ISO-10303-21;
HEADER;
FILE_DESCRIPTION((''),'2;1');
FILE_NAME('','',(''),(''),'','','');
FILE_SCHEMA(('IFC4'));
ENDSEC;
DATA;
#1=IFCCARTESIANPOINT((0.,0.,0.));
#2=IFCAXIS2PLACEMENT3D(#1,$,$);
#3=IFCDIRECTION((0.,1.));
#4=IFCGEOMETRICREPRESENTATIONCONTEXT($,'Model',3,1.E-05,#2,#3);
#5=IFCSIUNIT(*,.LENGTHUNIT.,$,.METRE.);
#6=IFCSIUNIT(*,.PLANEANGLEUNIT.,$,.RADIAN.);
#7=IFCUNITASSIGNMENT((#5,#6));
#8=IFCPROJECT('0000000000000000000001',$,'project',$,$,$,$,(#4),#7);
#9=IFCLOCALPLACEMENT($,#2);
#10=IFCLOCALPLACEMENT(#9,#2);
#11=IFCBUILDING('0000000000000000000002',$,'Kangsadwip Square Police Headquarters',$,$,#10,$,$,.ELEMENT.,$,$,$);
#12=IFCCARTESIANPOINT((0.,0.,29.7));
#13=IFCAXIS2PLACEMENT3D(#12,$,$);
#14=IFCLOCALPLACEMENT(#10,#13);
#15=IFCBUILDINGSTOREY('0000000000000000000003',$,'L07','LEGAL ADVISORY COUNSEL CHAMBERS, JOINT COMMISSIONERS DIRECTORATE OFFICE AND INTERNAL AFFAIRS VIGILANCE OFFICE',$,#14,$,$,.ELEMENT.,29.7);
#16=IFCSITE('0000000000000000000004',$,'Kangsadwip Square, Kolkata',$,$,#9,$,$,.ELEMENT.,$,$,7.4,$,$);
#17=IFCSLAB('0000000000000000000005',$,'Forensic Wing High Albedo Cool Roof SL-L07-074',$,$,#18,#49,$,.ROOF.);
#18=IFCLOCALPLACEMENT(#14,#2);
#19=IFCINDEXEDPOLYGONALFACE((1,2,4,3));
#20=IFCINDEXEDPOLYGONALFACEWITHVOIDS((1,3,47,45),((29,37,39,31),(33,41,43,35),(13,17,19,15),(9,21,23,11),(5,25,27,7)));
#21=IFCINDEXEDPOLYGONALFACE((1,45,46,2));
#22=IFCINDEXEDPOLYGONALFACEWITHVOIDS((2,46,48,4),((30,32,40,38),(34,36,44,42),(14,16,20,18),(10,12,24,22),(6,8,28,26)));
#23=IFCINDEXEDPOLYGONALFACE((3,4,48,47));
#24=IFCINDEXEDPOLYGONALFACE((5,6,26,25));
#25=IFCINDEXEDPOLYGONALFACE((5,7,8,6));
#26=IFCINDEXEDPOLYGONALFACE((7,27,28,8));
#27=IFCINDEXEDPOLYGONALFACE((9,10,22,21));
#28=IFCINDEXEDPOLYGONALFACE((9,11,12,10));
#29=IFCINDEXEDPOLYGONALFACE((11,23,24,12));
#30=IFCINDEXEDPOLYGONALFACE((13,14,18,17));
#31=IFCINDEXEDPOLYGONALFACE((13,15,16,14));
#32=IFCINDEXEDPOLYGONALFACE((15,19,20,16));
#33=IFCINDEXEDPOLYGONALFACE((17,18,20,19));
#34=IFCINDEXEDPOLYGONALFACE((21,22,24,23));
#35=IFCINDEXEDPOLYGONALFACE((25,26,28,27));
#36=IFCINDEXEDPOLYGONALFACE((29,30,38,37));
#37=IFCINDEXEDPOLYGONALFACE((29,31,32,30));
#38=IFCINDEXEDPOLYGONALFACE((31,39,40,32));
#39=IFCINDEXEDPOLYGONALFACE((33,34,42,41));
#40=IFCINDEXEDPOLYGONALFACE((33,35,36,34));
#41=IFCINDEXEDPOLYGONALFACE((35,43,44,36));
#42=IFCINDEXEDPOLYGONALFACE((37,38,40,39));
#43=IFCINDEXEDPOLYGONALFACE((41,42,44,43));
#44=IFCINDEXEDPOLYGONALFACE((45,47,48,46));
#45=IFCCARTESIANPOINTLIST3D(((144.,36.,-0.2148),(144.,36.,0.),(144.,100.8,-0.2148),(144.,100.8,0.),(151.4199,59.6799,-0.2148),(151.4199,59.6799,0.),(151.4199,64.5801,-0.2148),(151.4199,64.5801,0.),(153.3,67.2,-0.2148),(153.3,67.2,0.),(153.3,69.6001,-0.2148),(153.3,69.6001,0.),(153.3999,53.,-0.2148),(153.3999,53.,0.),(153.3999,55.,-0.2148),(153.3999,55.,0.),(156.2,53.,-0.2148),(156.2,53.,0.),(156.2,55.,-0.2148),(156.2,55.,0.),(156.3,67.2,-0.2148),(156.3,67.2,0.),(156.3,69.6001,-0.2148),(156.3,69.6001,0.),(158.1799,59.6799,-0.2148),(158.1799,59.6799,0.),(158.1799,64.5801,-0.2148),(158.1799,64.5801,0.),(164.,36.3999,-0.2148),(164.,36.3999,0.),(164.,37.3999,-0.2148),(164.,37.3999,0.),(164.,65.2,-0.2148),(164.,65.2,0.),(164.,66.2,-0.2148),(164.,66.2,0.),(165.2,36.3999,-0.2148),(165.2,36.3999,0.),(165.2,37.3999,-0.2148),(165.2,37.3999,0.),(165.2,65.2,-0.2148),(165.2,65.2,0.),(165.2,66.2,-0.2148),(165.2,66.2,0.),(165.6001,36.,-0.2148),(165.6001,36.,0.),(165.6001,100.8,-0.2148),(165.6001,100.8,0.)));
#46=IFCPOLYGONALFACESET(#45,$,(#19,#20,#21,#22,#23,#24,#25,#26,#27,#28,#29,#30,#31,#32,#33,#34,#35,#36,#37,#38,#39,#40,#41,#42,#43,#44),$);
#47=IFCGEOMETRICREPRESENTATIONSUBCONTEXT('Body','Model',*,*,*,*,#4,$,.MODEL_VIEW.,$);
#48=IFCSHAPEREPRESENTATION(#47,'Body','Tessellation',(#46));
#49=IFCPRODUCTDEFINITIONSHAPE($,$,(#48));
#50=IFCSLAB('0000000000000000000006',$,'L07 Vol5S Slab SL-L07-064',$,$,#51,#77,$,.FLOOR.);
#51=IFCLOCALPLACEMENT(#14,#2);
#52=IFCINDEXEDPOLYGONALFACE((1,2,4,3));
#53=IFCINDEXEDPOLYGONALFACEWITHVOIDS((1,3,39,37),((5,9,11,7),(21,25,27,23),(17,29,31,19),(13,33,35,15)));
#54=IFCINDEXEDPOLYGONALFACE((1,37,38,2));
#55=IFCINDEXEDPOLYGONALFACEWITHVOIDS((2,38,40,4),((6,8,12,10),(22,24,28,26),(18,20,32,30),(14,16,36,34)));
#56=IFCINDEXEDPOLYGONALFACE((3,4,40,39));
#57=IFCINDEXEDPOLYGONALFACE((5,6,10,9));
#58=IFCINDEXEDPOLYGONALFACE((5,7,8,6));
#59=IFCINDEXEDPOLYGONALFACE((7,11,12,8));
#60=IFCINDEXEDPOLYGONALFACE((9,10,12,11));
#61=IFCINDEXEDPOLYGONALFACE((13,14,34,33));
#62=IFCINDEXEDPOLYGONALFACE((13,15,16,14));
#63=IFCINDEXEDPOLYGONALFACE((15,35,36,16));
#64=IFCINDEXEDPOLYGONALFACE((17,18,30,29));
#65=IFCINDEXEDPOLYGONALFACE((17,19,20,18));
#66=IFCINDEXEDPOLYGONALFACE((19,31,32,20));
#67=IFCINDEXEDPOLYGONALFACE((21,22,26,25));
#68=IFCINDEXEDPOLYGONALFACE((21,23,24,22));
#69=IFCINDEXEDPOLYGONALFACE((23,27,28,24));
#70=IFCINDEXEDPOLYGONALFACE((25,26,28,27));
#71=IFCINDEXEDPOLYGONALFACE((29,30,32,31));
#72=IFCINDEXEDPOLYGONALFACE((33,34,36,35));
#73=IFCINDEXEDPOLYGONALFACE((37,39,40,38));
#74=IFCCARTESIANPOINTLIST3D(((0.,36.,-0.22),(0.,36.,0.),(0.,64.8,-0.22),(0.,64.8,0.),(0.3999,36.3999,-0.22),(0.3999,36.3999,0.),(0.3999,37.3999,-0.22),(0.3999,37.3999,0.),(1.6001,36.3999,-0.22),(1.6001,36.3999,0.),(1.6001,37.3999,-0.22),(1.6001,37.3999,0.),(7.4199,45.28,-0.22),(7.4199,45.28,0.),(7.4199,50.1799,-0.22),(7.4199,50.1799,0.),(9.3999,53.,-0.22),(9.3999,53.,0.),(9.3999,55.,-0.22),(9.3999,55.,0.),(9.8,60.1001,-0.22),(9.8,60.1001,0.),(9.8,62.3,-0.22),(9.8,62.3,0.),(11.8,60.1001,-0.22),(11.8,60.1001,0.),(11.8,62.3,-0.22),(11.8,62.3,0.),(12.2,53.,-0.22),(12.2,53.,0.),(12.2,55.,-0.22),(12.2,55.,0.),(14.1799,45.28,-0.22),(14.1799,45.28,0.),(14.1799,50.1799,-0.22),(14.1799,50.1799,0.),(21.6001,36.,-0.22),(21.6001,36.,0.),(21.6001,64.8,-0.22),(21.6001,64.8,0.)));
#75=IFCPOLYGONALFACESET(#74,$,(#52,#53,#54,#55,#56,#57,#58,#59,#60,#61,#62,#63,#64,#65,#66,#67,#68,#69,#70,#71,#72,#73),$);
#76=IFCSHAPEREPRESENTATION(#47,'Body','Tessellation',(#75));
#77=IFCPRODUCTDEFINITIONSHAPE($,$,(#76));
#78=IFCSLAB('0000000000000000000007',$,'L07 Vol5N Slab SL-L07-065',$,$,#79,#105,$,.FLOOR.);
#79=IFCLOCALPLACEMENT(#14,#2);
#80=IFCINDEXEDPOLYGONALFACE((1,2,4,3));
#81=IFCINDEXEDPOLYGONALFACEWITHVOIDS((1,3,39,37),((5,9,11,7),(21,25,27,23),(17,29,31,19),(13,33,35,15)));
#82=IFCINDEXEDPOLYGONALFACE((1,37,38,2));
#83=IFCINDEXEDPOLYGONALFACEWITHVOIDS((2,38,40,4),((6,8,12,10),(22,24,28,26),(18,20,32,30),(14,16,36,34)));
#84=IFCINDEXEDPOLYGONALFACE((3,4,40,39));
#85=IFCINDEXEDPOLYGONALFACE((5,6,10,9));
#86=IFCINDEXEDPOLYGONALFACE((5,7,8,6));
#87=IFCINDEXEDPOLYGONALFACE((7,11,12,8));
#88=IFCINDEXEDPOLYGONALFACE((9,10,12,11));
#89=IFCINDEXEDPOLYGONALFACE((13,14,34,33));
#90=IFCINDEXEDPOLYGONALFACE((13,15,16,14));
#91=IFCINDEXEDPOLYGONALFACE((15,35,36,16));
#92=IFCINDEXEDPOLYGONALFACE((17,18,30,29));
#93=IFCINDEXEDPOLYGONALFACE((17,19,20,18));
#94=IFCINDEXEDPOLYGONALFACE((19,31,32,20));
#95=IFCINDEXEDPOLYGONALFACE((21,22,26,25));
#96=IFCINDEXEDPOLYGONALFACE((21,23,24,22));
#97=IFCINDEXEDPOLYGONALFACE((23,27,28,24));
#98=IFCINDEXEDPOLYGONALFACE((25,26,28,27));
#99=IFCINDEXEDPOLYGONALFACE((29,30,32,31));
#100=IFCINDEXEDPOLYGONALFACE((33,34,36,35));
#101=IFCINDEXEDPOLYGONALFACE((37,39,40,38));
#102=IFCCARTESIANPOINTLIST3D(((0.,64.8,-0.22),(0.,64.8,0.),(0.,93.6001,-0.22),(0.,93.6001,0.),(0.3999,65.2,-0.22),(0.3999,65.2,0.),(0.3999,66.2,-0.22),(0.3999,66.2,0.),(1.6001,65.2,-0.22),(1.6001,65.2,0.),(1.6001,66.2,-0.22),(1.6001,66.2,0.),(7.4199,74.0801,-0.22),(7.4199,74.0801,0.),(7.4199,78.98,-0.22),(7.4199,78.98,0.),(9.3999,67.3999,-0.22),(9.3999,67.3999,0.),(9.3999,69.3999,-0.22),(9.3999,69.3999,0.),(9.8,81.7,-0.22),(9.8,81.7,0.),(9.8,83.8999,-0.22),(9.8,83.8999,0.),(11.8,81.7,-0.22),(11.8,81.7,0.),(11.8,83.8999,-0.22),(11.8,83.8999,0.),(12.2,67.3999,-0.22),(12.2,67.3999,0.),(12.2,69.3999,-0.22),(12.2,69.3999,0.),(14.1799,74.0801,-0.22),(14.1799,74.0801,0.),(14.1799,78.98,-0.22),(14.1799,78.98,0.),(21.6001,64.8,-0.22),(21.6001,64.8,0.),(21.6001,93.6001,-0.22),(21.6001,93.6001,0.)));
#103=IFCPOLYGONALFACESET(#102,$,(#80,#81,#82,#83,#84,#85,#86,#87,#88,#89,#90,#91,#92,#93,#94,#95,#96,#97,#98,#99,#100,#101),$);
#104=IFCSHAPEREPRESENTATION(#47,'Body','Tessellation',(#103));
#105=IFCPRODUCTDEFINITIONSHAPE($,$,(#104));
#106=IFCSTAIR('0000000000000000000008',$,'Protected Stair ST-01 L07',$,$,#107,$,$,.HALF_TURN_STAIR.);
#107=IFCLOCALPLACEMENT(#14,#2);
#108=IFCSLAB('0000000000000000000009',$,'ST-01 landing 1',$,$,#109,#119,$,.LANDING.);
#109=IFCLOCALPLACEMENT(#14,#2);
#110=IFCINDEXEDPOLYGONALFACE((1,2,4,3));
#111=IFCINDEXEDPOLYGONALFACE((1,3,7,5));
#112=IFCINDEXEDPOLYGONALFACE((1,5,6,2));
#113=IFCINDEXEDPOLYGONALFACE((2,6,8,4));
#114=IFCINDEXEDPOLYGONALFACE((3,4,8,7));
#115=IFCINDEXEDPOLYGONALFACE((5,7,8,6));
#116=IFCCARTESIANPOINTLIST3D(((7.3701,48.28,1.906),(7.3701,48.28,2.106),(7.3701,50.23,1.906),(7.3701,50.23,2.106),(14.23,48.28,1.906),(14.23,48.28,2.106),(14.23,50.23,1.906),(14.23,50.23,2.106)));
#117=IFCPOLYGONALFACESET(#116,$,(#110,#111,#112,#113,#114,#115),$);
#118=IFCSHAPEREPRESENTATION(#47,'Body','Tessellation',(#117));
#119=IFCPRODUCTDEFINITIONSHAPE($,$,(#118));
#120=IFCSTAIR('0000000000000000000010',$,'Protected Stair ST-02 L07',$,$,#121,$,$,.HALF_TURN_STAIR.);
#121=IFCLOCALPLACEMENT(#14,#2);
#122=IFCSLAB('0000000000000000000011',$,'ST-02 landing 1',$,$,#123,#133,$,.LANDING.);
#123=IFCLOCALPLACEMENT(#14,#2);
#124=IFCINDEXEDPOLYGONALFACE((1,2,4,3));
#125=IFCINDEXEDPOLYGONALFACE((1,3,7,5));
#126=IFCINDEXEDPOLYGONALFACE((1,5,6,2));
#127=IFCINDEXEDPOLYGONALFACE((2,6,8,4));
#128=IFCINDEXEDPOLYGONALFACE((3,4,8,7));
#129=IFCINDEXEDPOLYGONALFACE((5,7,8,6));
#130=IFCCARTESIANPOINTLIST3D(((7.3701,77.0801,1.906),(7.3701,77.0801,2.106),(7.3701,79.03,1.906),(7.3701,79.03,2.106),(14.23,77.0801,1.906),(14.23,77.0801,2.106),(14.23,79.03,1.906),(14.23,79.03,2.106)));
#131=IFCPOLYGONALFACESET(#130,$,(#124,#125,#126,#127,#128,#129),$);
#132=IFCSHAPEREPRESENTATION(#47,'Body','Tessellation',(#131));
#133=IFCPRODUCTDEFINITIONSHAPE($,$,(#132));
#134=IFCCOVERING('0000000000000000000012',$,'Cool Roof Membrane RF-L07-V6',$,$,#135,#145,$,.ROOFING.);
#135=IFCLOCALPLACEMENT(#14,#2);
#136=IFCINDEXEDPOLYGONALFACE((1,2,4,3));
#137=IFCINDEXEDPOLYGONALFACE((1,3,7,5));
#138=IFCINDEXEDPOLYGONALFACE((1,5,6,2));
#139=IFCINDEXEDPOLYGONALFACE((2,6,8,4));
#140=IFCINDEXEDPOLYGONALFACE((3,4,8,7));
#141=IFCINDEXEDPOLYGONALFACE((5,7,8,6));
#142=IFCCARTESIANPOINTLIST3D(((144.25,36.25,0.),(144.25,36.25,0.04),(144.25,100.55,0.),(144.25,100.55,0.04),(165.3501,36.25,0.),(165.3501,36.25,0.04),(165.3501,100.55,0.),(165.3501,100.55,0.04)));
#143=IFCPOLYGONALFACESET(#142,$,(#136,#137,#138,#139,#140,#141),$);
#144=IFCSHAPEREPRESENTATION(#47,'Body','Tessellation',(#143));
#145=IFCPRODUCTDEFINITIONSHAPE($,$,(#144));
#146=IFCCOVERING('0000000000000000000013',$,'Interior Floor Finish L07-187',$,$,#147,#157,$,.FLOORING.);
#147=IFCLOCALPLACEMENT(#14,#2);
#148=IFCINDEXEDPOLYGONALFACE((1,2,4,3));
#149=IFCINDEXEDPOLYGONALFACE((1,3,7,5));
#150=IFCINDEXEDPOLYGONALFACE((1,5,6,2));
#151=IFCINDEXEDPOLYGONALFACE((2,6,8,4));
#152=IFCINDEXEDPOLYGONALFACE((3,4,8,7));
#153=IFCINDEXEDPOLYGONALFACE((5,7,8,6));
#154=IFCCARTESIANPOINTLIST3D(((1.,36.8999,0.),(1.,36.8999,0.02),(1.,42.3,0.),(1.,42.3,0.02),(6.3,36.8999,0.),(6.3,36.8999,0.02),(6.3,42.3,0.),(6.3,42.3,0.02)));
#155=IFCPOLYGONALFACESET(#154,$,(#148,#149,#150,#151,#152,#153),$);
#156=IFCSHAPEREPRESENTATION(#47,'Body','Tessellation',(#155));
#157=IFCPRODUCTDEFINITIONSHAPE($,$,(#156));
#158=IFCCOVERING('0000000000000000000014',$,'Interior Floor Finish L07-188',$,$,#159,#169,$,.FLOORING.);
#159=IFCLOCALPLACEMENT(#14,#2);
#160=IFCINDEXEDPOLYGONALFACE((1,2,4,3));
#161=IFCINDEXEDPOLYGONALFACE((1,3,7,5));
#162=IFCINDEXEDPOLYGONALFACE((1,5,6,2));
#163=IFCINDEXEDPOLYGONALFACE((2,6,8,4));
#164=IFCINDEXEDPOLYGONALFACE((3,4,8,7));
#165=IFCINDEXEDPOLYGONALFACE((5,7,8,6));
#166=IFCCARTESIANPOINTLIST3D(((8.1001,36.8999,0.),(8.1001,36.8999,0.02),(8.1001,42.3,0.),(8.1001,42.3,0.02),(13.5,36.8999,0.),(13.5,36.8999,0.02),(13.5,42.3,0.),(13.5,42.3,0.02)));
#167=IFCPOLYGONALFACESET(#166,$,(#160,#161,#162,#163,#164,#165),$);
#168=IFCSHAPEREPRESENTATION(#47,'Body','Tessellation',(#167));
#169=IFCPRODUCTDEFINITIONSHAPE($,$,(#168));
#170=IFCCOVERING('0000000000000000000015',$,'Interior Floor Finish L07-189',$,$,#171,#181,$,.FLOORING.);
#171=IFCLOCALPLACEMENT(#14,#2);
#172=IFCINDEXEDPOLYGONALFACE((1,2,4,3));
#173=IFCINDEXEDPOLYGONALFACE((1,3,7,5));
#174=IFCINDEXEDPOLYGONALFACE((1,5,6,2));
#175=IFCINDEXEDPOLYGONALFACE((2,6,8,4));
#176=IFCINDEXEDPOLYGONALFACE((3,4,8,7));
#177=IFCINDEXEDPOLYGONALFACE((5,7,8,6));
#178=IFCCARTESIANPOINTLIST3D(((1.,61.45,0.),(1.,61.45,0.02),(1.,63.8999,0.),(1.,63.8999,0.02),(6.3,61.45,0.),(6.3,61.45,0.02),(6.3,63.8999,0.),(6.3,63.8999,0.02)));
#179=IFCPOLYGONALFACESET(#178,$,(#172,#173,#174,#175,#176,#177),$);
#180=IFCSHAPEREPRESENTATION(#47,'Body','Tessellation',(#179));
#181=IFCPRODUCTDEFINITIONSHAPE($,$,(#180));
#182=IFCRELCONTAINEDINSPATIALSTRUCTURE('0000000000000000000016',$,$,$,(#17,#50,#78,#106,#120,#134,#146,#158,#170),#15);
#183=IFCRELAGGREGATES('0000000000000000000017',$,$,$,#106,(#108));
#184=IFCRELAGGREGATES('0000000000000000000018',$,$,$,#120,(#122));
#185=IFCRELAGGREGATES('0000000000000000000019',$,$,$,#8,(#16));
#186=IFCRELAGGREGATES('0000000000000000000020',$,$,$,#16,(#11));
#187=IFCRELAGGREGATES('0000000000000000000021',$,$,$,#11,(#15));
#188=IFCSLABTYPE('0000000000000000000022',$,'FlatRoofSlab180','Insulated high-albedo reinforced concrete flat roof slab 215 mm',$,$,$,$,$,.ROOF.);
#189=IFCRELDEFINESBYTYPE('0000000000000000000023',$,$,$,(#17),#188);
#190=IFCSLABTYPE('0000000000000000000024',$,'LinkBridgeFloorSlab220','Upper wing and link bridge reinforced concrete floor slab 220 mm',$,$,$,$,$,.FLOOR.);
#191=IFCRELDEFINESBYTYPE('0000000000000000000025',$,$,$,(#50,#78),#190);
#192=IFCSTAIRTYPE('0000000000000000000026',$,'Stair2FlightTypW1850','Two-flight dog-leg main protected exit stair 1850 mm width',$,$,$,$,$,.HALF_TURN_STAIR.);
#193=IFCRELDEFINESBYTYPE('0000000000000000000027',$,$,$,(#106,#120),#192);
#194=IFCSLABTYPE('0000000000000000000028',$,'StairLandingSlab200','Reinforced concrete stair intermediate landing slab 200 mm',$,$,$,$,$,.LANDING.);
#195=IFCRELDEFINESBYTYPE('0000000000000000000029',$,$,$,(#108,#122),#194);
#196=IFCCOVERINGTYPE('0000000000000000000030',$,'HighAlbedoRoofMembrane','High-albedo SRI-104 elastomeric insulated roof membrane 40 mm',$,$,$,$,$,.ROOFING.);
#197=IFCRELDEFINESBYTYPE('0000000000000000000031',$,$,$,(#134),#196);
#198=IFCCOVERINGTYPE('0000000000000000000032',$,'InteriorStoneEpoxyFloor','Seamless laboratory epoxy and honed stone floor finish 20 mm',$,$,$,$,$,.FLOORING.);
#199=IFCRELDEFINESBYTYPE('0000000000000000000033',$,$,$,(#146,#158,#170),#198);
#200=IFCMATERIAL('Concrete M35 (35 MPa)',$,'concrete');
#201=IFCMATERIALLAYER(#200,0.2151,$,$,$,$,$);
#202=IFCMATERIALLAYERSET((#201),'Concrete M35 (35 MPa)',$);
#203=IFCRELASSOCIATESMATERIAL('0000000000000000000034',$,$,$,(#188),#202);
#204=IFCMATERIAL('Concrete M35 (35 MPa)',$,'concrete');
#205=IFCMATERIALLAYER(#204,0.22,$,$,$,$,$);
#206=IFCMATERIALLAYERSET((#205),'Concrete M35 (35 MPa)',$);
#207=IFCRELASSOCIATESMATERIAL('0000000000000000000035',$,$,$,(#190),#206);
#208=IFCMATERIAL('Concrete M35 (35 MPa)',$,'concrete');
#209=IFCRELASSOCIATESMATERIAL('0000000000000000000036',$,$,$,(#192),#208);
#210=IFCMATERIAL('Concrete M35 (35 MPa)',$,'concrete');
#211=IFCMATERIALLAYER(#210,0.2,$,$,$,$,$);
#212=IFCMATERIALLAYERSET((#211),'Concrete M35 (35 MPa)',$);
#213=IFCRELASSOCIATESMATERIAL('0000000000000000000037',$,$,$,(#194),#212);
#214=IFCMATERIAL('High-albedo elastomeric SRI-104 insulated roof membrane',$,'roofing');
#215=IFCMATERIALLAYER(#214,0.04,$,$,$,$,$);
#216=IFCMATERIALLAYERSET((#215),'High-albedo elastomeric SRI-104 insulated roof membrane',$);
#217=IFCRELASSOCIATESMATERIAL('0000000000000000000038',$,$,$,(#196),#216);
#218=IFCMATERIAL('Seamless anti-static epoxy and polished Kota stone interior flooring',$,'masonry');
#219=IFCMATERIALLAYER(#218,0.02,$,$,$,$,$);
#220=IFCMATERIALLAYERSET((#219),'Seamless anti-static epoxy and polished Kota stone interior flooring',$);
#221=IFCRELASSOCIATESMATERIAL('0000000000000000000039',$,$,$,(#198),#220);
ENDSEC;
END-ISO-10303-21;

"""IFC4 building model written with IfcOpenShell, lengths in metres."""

from ifc_helpers import new_model, si_unit, direction, frame, origin, place, context, subcontext, project, spatial, polyline, outline, extrude, material, layer, layer_set, type_object, element, aggregate, save


model = new_model("IFC4")

# Units and contexts
model_context = context("Model", 3, precision=1e-05, world=origin(), true_north=direction((0.0, 1.0)))
body_context = subcontext(model_context, "Body", "Model", "MODEL_VIEW")
ifc_project = project(units=[si_unit("LENGTHUNIT", "METRE"), si_unit("PLANEANGLEUNIT", "RADIAN")], contexts=[model_context])

# Site, building, storey
site_placement = place(None, origin())
site = spatial("IfcSite", under=ifc_project, at=site_placement, Name="Kangsadwip Square, Kolkata", CompositionType="ELEMENT", RefElevation=7.4)
building_placement = place(site_placement, origin())
building = spatial("IfcBuilding", under=site, at=building_placement, Name="Kangsadwip Square Police Headquarters", CompositionType="ELEMENT")
storey_placement = place(building_placement, frame((0.0, 0.0, 29.7)))
storey = spatial("IfcBuildingStorey", under=building, at=storey_placement, Name="L07", Description="LEGAL ADVISORY COUNSEL CHAMBERS, JOINT COMMISSIONERS DIRECTORATE OFFICE AND INTERNAL AFFAIRS VIGILANCE OFFICE", CompositionType="ELEMENT", Elevation=29.7)

# Slabs
ifc_material_1 = material(Name="Concrete M35 (35 MPa)", Category="concrete")
ifc_layer_1 = layer(ifc_material_1, 0.2151)
ifc_layer_set_1 = layer_set([ifc_layer_1], Name="Concrete M35 (35 MPa)")
slab_type_1 = type_object("IfcSlabType", Name="FlatRoofSlab180", Description="Insulated high-albedo reinforced concrete flat roof slab 215 mm", PredefinedType="ROOF", material=ifc_layer_set_1)
slab_1_placement = place(storey_placement, frame((0.0, 0.0, -0.2148)))
element("IfcSlab", 1, at=slab_1_placement, inside=storey, type_object=slab_type_1, Name="Forensic Wing High Albedo Cool Roof SL-L07-074", PredefinedType="ROOF", context=body_context, shape_type="SweptSolid", body=[
    extrude(outline(polyline([(144.0, 36.0), (144.0, 100.8), (165.6001, 100.8), (165.6001, 36.0), (144.0, 36.0)]), holes=[polyline([(165.2, 37.3999), (164.0, 37.3999), (164.0, 36.3999), (165.2, 36.3999), (165.2, 37.3999)]), polyline([(156.2, 55.0), (153.3999, 55.0), (153.3999, 53.0), (156.2, 53.0), (156.2, 55.0)]), polyline([(158.1799, 59.6799), (158.1799, 64.5801), (151.4199, 64.5801), (151.4199, 59.6799), (158.1799, 59.6799)]), polyline([(165.2, 66.2), (164.0, 66.2), (164.0, 65.2), (165.2, 65.2), (165.2, 66.2)]), polyline([(156.3, 69.6001), (153.3, 69.6001), (153.3, 67.2), (156.3, 67.2), (156.3, 69.6001)])]), origin(), (0.0, 0.0, 1.0), 0.2148),
])
ifc_material_2 = material(Name="Concrete M35 (35 MPa)", Category="concrete")
ifc_layer_2 = layer(ifc_material_2, 0.22)
ifc_layer_set_2 = layer_set([ifc_layer_2], Name="Concrete M35 (35 MPa)")
slab_type_2 = type_object("IfcSlabType", Name="LinkBridgeFloorSlab220", Description="Upper wing and link bridge reinforced concrete floor slab 220 mm", PredefinedType="FLOOR", material=ifc_layer_set_2)
slab_2_placement = place(storey_placement, frame((0.0, 0.0, -0.22)))
element("IfcSlab", 2, at=slab_2_placement, inside=storey, type_object=slab_type_2, Name="L07 Vol5S Slab SL-L07-064", PredefinedType="FLOOR", context=body_context, shape_type="SweptSolid", body=[
    extrude(outline(polyline([(0.0, 36.0), (0.0, 64.8), (21.6001, 64.8), (21.6001, 36.0), (0.0, 36.0)]), holes=[polyline([(0.3999, 37.3999), (0.3999, 36.3999), (1.6001, 36.3999), (1.6001, 37.3999), (0.3999, 37.3999)]), polyline([(14.1799, 45.28), (14.1799, 50.1799), (7.4199, 50.1799), (7.4199, 45.28), (14.1799, 45.28)]), polyline([(12.2, 55.0), (9.3999, 55.0), (9.3999, 53.0), (12.2, 53.0), (12.2, 55.0)]), polyline([(9.8, 62.3), (9.8, 60.1001), (11.8, 60.1001), (11.8, 62.3), (9.8, 62.3)])]), origin(), (0.0, 0.0, 1.0), 0.22),
])
slab_3_placement = place(storey_placement, frame((0.0, 0.0, -0.22)))
element("IfcSlab", 3, at=slab_3_placement, inside=storey, type_object=slab_type_2, Name="L07 Vol5N Slab SL-L07-065", PredefinedType="FLOOR", context=body_context, shape_type="SweptSolid", body=[
    extrude(outline(polyline([(0.0, 64.8), (0.0, 93.6001), (21.6001, 93.6001), (21.6001, 64.8), (0.0, 64.8)]), holes=[polyline([(1.6001, 66.2), (0.3999, 66.2), (0.3999, 65.2), (1.6001, 65.2), (1.6001, 66.2)]), polyline([(12.2, 69.3999), (9.3999, 69.3999), (9.3999, 67.3999), (12.2, 67.3999), (12.2, 69.3999)]), polyline([(14.1799, 78.98), (7.4199, 78.98), (7.4199, 74.0801), (14.1799, 74.0801), (14.1799, 78.98)]), polyline([(11.8, 83.8999), (9.8, 83.8999), (9.8, 81.7), (11.8, 81.7), (11.8, 83.8999)])]), origin(), (0.0, 0.0, 1.0), 0.22),
])

# Stairs, slabs
ifc_material_3 = material(Name="Concrete M35 (35 MPa)", Category="concrete")
stair_type = type_object("IfcStairType", Name="Stair2FlightTypW1850", Description="Two-flight dog-leg main protected exit stair 1850 mm width", PredefinedType="HALF_TURN_STAIR", material=ifc_material_3)
stair_1_placement = place(storey_placement, origin())
stair_1 = element("IfcStair", 4, at=stair_1_placement, inside=storey, type_object=stair_type, Name="Protected Stair ST-01 L07", PredefinedType="HALF_TURN_STAIR")
ifc_material_4 = material(Name="Concrete M35 (35 MPa)", Category="concrete")
ifc_layer_3 = layer(ifc_material_4, 0.2)
ifc_layer_set_3 = layer_set([ifc_layer_3], Name="Concrete M35 (35 MPa)")
slab_type_3 = type_object("IfcSlabType", Name="StairLandingSlab200", Description="Reinforced concrete stair intermediate landing slab 200 mm", PredefinedType="LANDING", material=ifc_layer_set_3)
slab_4_placement = place(storey_placement, frame((0.0, 0.0, 1.906)))
slab_4 = element("IfcSlab", 5, at=slab_4_placement, type_object=slab_type_3, Name="ST-01 landing 1", PredefinedType="LANDING", context=body_context, shape_type="SweptSolid", body=[
    extrude(outline(polyline([(7.3701, 48.28), (14.23, 48.28), (14.23, 50.23), (7.3701, 50.23), (7.3701, 48.28)])), origin(), (0.0, 0.0, 1.0), 0.2),
])
aggregate(stair_1, [slab_4])
stair_2_placement = place(storey_placement, origin())
stair_2 = element("IfcStair", 6, at=stair_2_placement, inside=storey, type_object=stair_type, Name="Protected Stair ST-02 L07", PredefinedType="HALF_TURN_STAIR")
slab_5_placement = place(storey_placement, frame((0.0, 0.0, 1.906)))
slab_5 = element("IfcSlab", 7, at=slab_5_placement, type_object=slab_type_3, Name="ST-02 landing 1", PredefinedType="LANDING", context=body_context, shape_type="SweptSolid", body=[
    extrude(outline(polyline([(7.3701, 77.0801), (14.23, 77.0801), (14.23, 79.03), (7.3701, 79.03), (7.3701, 77.0801)])), origin(), (0.0, 0.0, 1.0), 0.2),
])
aggregate(stair_2, [slab_5])

# Coverings
ifc_material_5 = material(Name="High-albedo elastomeric SRI-104 insulated roof membrane", Category="roofing")
ifc_layer_4 = layer(ifc_material_5, 0.04)
ifc_layer_set_4 = layer_set([ifc_layer_4], Name="High-albedo elastomeric SRI-104 insulated roof membrane")
covering_type_1 = type_object("IfcCoveringType", Name="HighAlbedoRoofMembrane", Description="High-albedo SRI-104 elastomeric insulated roof membrane 40 mm", PredefinedType="ROOFING", material=ifc_layer_set_4)
covering_1_placement = place(storey_placement, origin())
element("IfcCovering", 8, at=covering_1_placement, inside=storey, type_object=covering_type_1, Name="Cool Roof Membrane RF-L07-V6", PredefinedType="ROOFING", context=body_context, shape_type="SweptSolid", body=[
    extrude(outline(polyline([(144.25, 36.25), (165.3501, 36.25), (165.3501, 100.55), (144.25, 100.55), (144.25, 36.25)])), origin(), (0.0, 0.0, 1.0), 0.04),
])
ifc_material_6 = material(Name="Seamless anti-static epoxy and polished Kota stone interior flooring", Category="masonry")
ifc_layer_5 = layer(ifc_material_6, 0.02)
ifc_layer_set_5 = layer_set([ifc_layer_5], Name="Seamless anti-static epoxy and polished Kota stone interior flooring")
covering_type_2 = type_object("IfcCoveringType", Name="InteriorStoneEpoxyFloor", Description="Seamless laboratory epoxy and honed stone floor finish 20 mm", PredefinedType="FLOORING", material=ifc_layer_set_5)
covering_2_placement = place(storey_placement, origin())
element("IfcCovering", 9, at=covering_2_placement, inside=storey, type_object=covering_type_2, Name="Interior Floor Finish L07-187", PredefinedType="FLOORING", context=body_context, shape_type="SweptSolid", body=[
    extrude(outline(polyline([(1.0, 36.8999), (6.3, 36.8999), (6.3, 42.3), (1.0, 42.3), (1.0, 36.8999)])), origin(), (0.0, 0.0, 1.0), 0.02),
])
covering_3_placement = place(storey_placement, origin())
element("IfcCovering", 10, at=covering_3_placement, inside=storey, type_object=covering_type_2, Name="Interior Floor Finish L07-188", PredefinedType="FLOORING", context=body_context, shape_type="SweptSolid", body=[
    extrude(outline(polyline([(8.1001, 36.8999), (13.5, 36.8999), (13.5, 42.3), (8.1001, 42.3), (8.1001, 36.8999)])), origin(), (0.0, 0.0, 1.0), 0.02),
])
covering_4_placement = place(storey_placement, origin())
element("IfcCovering", 11, at=covering_4_placement, inside=storey, type_object=covering_type_2, Name="Interior Floor Finish L07-189", PredefinedType="FLOORING", context=body_context, shape_type="SweptSolid", body=[
    extrude(outline(polyline([(1.0, 61.45), (6.3, 61.45), (6.3, 63.8999), (1.0, 63.8999), (1.0, 61.45)])), origin(), (0.0, 0.0, 1.0), 0.02),
])

save(model, "model.ifc")
